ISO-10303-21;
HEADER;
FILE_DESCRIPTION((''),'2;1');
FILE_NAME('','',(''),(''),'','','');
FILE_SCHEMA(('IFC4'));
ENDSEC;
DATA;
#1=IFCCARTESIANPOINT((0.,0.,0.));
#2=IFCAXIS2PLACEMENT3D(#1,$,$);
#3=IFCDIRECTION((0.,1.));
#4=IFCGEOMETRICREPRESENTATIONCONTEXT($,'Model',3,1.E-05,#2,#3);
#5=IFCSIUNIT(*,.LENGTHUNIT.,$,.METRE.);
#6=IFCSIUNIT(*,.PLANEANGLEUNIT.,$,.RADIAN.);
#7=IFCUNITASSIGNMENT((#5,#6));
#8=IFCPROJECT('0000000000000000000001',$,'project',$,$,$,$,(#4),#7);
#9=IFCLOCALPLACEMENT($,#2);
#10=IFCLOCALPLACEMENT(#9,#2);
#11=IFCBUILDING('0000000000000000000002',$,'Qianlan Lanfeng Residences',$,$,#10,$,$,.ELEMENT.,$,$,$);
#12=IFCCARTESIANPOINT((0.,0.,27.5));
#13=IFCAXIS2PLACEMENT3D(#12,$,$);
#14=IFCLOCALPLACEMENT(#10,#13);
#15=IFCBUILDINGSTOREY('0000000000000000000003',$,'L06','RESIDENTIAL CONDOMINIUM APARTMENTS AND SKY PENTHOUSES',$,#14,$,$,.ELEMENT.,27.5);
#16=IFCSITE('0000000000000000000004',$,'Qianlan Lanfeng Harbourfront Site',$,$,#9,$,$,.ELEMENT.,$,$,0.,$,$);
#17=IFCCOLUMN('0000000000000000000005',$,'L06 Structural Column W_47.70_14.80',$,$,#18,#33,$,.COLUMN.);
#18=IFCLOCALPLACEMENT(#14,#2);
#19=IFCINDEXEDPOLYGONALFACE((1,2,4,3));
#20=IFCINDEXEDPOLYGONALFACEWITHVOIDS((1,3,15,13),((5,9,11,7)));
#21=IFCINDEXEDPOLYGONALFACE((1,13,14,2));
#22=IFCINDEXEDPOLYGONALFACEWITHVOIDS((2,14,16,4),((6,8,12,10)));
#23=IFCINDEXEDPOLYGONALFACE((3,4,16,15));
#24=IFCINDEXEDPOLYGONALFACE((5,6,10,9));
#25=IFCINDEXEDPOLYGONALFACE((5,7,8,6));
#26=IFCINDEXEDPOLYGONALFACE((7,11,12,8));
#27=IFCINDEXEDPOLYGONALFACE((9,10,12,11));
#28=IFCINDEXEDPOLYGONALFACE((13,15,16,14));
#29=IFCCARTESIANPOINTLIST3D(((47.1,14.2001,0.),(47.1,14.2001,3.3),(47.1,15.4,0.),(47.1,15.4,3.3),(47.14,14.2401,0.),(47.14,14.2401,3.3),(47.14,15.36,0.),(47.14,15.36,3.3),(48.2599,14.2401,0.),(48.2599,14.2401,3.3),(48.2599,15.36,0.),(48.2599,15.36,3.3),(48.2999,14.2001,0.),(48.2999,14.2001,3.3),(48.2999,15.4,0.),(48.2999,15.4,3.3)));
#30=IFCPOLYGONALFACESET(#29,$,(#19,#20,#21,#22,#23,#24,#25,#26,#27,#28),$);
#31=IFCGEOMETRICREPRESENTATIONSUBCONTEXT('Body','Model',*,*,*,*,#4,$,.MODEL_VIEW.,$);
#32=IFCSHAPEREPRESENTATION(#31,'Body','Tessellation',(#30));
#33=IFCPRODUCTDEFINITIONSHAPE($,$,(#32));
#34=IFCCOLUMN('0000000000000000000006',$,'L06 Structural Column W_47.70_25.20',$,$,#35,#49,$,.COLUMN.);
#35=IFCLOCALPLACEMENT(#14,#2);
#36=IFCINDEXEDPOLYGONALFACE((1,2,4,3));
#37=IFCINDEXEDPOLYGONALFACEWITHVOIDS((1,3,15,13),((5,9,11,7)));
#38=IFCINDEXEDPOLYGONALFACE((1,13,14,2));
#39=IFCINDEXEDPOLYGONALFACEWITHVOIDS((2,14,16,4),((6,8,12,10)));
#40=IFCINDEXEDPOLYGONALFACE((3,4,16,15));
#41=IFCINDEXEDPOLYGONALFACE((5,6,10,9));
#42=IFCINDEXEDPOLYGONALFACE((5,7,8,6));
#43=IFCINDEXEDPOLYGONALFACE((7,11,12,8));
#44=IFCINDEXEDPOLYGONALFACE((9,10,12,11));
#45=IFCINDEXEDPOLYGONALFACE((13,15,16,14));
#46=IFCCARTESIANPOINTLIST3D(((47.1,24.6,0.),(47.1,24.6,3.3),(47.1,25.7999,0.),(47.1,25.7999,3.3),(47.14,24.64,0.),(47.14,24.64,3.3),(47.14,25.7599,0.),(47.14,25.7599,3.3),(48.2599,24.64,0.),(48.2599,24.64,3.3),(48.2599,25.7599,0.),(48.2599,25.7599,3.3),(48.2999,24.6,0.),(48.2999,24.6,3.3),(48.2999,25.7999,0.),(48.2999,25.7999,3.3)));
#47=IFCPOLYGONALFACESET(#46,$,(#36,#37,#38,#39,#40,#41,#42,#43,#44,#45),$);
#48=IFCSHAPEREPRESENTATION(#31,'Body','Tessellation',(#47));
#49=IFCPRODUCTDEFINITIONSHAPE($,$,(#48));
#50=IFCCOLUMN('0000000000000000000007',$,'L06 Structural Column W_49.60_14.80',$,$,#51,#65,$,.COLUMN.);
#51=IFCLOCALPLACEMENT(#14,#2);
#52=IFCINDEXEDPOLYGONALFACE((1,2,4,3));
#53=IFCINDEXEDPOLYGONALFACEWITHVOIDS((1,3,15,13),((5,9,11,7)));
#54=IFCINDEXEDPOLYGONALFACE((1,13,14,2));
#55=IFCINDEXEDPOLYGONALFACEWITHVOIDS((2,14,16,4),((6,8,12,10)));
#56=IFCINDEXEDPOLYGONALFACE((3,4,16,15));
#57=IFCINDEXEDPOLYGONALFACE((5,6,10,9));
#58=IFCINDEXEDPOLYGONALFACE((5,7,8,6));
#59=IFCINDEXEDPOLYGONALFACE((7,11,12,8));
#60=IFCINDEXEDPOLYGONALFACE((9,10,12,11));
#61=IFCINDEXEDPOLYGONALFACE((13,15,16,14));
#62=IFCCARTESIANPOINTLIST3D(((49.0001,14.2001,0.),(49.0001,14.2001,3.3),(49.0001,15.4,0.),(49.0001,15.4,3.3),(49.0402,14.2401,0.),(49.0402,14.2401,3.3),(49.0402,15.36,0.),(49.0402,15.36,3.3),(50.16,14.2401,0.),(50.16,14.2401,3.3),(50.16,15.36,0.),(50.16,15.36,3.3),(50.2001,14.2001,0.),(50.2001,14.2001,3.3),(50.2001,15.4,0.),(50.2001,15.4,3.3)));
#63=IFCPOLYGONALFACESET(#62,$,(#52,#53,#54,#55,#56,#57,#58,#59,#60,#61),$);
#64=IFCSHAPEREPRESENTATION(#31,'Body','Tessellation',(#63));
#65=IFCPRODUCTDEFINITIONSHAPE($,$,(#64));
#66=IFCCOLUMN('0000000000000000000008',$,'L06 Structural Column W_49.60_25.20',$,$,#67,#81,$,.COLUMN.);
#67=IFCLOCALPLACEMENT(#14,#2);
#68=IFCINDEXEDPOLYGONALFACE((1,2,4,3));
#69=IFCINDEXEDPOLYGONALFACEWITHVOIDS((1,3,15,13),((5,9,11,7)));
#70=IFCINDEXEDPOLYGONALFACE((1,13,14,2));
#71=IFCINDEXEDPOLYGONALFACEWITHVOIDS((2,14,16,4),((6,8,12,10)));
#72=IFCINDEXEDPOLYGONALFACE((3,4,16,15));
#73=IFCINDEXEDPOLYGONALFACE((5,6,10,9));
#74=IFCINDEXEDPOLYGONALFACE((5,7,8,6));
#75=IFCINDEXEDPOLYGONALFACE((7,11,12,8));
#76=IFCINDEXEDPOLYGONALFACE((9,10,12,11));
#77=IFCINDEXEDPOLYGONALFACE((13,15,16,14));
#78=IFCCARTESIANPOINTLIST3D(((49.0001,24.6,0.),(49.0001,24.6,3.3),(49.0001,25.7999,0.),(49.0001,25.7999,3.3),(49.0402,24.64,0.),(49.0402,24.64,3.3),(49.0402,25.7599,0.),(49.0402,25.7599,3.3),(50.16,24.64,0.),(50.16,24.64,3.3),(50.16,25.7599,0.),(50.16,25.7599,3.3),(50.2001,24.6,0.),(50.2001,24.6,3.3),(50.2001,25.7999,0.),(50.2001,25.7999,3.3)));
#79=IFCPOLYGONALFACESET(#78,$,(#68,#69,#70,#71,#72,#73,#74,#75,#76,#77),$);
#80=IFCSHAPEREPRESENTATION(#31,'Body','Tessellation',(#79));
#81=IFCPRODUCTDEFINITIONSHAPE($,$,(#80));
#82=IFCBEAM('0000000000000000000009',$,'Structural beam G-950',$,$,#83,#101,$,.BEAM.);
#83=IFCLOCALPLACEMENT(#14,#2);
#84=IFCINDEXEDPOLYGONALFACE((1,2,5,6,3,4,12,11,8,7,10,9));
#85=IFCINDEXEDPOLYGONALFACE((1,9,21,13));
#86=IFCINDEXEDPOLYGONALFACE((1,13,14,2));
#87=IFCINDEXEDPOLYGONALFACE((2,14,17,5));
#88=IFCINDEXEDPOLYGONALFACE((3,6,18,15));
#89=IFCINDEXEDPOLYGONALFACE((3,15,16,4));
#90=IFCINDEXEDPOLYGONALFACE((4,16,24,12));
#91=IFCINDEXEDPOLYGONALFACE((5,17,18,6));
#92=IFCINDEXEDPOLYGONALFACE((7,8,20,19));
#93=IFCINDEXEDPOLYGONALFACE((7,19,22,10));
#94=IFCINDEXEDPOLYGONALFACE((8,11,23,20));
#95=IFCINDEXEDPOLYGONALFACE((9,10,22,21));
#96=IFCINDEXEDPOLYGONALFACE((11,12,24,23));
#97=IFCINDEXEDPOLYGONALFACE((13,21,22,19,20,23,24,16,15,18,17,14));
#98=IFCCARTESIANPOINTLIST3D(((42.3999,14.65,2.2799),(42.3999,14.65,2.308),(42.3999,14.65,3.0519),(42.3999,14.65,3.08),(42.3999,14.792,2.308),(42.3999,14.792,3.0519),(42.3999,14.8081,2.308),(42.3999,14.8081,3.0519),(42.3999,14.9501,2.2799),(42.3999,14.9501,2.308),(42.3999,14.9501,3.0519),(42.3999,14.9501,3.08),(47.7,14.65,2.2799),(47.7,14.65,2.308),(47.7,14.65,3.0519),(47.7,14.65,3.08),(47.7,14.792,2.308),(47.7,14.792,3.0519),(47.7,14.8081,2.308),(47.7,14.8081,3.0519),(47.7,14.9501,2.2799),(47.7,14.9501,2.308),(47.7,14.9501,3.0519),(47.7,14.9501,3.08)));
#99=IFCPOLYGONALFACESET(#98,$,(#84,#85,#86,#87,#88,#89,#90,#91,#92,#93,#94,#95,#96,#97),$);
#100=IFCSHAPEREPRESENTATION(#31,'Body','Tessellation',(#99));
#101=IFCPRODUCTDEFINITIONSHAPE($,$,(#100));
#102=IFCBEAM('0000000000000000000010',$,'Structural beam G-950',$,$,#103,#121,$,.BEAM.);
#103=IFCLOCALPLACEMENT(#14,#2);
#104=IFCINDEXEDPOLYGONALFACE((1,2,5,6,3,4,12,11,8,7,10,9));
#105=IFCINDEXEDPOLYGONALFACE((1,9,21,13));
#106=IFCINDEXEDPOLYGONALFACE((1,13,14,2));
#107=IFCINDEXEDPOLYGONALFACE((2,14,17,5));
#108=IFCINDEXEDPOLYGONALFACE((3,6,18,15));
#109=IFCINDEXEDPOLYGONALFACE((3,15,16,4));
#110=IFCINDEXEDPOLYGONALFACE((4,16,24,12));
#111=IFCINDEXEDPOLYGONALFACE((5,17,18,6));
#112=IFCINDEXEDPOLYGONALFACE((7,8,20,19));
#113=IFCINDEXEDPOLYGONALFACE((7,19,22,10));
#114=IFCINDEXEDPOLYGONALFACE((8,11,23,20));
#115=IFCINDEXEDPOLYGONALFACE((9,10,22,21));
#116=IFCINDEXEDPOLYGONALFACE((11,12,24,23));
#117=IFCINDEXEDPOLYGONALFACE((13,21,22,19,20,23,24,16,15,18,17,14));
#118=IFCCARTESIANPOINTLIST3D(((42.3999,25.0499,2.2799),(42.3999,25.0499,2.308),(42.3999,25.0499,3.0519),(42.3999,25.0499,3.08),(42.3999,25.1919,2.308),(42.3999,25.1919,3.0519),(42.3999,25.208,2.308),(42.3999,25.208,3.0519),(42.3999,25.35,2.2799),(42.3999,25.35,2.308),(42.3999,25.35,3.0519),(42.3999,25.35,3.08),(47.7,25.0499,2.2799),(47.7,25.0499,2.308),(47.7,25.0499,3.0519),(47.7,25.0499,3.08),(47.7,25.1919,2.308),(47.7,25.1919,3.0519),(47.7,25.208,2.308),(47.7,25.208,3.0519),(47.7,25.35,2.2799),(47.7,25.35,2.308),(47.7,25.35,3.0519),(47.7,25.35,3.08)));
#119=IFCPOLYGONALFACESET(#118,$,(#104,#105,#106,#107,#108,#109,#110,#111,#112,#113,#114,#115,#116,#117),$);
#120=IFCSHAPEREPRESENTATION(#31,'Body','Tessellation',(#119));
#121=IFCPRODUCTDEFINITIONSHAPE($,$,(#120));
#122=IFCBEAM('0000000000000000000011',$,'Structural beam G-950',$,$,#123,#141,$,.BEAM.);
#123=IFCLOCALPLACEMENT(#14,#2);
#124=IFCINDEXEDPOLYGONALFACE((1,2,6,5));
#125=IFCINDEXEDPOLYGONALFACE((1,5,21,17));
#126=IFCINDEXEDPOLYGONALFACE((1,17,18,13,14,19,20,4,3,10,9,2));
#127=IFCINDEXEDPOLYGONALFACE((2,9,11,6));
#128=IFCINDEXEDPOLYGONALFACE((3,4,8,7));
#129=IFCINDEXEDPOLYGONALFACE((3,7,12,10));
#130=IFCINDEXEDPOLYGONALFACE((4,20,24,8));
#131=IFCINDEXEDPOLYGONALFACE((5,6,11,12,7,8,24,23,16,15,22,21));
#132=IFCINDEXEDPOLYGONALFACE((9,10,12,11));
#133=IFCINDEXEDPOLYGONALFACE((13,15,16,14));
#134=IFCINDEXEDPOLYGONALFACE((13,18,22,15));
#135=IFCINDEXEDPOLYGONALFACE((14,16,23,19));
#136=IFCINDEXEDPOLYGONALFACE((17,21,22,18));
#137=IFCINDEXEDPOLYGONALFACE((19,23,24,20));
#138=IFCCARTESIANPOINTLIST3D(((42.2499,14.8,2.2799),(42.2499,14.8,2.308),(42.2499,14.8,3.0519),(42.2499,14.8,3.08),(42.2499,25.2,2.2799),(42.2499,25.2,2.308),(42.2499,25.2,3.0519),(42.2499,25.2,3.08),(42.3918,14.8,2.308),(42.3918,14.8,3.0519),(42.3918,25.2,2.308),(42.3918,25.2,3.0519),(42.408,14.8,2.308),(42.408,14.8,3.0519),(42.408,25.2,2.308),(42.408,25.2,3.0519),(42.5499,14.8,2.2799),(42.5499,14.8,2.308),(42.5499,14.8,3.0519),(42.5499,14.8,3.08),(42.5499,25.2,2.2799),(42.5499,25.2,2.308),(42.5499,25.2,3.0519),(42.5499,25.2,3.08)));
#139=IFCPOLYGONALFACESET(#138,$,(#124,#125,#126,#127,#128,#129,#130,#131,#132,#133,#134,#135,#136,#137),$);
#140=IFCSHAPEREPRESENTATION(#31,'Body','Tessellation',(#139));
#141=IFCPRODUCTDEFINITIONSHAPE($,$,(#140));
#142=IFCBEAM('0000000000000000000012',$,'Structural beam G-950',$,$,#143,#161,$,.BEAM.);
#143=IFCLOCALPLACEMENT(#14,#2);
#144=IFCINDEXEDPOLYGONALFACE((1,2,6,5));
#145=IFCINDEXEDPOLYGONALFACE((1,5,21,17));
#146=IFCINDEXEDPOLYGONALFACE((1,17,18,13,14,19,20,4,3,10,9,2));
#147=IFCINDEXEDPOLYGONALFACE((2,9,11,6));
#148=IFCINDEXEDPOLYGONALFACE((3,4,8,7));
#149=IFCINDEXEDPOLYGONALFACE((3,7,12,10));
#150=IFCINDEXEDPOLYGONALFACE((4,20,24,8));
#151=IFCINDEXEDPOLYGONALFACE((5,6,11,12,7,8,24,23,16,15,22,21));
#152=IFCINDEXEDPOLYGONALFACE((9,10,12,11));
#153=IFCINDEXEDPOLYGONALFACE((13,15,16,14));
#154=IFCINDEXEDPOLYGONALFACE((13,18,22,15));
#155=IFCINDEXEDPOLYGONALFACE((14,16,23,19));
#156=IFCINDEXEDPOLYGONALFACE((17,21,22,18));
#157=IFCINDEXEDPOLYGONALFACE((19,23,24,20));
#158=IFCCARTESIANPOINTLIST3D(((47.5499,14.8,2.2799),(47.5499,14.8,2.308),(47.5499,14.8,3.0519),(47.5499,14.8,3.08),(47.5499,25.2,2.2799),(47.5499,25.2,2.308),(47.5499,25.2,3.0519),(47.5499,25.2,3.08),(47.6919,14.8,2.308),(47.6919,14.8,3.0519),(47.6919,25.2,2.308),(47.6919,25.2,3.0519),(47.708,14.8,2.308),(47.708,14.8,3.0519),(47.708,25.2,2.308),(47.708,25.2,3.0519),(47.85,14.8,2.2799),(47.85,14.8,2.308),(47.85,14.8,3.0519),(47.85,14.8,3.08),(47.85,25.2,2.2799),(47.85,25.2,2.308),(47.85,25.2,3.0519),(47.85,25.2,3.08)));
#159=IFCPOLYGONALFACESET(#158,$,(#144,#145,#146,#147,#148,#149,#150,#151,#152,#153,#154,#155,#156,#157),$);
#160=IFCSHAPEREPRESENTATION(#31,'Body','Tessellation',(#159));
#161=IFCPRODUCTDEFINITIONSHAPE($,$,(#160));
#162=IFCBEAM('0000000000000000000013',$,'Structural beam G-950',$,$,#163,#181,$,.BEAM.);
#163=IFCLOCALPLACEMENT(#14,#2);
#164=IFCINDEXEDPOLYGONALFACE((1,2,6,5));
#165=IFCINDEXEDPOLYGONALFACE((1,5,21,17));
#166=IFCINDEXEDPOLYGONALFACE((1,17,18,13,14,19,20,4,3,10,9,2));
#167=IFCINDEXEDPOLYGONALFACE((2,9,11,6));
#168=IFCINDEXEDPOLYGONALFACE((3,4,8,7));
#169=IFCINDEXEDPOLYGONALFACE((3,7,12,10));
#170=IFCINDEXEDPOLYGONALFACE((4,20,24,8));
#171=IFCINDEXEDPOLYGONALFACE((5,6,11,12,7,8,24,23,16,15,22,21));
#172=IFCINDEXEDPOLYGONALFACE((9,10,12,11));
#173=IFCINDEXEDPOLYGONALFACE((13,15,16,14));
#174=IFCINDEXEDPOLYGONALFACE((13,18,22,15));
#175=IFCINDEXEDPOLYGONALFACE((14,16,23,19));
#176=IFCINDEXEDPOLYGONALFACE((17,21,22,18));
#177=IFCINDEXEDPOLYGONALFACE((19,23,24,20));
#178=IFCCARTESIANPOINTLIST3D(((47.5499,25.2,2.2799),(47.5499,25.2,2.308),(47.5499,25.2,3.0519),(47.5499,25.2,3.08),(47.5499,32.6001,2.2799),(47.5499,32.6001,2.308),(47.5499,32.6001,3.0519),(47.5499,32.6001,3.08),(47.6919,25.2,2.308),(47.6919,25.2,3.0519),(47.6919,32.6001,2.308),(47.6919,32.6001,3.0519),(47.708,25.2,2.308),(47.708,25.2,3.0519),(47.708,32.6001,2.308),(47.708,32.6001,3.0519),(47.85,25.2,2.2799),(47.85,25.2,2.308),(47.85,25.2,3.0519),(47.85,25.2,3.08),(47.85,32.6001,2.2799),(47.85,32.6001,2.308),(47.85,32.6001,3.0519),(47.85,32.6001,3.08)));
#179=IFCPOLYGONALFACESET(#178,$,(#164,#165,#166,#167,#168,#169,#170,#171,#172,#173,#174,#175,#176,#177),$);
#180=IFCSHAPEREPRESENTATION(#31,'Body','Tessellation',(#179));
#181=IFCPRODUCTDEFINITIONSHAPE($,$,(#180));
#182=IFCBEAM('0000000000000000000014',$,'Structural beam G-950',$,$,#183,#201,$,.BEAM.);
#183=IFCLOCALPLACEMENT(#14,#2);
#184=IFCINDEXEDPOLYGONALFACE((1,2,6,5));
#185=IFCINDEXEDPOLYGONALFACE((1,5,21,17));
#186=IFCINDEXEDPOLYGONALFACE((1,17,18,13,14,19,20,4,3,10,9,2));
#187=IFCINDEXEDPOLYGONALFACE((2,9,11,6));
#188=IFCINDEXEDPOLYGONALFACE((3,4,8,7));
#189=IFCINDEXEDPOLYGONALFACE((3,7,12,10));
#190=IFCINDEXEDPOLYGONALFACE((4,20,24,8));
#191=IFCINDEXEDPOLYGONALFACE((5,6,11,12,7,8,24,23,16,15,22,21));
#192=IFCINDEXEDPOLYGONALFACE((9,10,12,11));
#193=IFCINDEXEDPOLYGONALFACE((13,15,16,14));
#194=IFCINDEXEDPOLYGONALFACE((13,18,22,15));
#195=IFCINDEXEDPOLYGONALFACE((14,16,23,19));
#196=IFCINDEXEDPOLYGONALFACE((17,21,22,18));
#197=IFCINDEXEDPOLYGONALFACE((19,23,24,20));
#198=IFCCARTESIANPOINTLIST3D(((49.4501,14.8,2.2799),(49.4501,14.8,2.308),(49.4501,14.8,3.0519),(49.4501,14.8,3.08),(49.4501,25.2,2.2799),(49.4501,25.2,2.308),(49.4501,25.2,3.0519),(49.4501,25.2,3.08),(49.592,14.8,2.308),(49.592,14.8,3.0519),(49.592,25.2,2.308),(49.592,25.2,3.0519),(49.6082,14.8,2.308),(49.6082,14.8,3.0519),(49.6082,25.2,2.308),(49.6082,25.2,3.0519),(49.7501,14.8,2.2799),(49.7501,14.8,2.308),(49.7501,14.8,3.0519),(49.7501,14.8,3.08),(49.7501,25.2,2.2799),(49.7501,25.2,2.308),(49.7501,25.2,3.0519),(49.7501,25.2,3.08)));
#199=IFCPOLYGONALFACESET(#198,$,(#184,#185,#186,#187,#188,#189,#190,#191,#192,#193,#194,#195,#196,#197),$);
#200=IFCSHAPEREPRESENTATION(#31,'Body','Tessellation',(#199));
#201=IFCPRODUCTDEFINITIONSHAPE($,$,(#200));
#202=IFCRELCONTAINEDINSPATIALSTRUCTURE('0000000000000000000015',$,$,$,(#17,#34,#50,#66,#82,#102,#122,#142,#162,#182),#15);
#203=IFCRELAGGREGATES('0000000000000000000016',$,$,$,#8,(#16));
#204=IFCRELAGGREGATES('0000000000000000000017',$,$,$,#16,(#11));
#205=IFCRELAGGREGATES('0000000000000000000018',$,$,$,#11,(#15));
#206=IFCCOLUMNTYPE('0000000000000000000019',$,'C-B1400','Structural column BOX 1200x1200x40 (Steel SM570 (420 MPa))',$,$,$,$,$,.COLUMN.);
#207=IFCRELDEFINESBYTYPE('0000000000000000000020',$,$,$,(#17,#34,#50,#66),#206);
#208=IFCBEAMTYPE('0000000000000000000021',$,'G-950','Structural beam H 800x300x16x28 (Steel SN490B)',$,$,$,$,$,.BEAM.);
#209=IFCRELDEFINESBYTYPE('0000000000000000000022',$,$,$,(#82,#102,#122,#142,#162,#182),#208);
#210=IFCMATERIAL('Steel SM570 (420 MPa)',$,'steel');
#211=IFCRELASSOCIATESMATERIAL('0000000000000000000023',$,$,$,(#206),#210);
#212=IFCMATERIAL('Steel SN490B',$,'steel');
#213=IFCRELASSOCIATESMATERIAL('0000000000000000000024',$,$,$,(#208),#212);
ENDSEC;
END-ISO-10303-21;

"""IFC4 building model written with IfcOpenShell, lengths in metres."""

from ifc_helpers import new_model, si_unit, direction, frame, origin, origin_2d, place, context, subcontext, project, spatial, hollow_rectangle, i_section, extrude, material, material_profile, profile_set, type_object, element, save


model = new_model("IFC4")

# Units and contexts
model_context = context("Model", 3, precision=1e-05, world=origin(), true_north=direction((0.0, 1.0)))
body_context = subcontext(model_context, "Body", "Model", "MODEL_VIEW")
ifc_project = project(units=[si_unit("LENGTHUNIT", "METRE"), si_unit("PLANEANGLEUNIT", "RADIAN")], contexts=[model_context])

# Site, building, storey
site_placement = place(None, origin())
site = spatial("IfcSite", under=ifc_project, at=site_placement, Name="Qianlan Lanfeng Harbourfront Site", CompositionType="ELEMENT", RefElevation=0.0)
building_placement = place(site_placement, origin())
building = spatial("IfcBuilding", under=site, at=building_placement, Name="Qianlan Lanfeng Residences", CompositionType="ELEMENT")
storey_placement = place(building_placement, frame((0.0, 0.0, 27.5)))
storey = spatial("IfcBuildingStorey", under=building, at=storey_placement, Name="L06", Description="RESIDENTIAL CONDOMINIUM APARTMENTS AND SKY PENTHOUSES", CompositionType="ELEMENT", Elevation=27.5)

# Columns
ifc_material_1 = material(Name="Steel SM570 (420 MPa)", Category="steel")
ifc_material_profile_1 = material_profile(ifc_material_1, hollow_rectangle(XDim=1.2, YDim=1.2, WallThickness=0.04, at=origin_2d()), Name="BOX 1200x1200x40")
ifc_profile_set_1 = profile_set([ifc_material_profile_1], Name="Steel SM570 (420 MPa)")
column_type = type_object("IfcColumnType", Name="C-B1400", Description="Structural column BOX 1200x1200x40 (Steel SM570 (420 MPa))", PredefinedType="COLUMN", material=ifc_profile_set_1)
for number, where, z_axis, x_axis, name in (
    (1, (47.7, 14.8, 0.0), (0.0, 0.0, 1.0), (1.0, 0.0, 0.0), "L06 Structural Column W_47.70_14.80"),
    (2, (47.7, 25.2, 0.0), (0.0, 0.0, 1.0), (1.0, 0.0, 0.0), "L06 Structural Column W_47.70_25.20"),
    (3, (49.6001, 14.8, 0.0), (0.0, 0.0, 1.0), (1.0, 0.0, 0.0), "L06 Structural Column W_49.60_14.80"),
    (4, (49.6001, 25.2, 0.0), (0.0, 0.0, 1.0), (1.0, 0.0, 0.0), "L06 Structural Column W_49.60_25.20"),
):
    element("IfcColumn", number, at=place(storey_placement, frame(where, z_axis=z_axis, x_axis=x_axis)), inside=storey, type_object=column_type, Name=name, PredefinedType="COLUMN", context=body_context, shape_type="SweptSolid", body=[
        extrude(hollow_rectangle(XDim=1.2, YDim=1.2, WallThickness=0.04, at=origin_2d()), origin(), (0.0, 0.0, 1.0), 3.3),
    ])

# Beams
ifc_material_2 = material(Name="Steel SN490B", Category="steel")
ifc_material_profile_2 = material_profile(ifc_material_2, i_section(OverallWidth=0.3, OverallDepth=0.8, WebThickness=0.0161, FlangeThickness=0.0281, at=origin_2d()), Name="H 800x300x16x28")
ifc_profile_set_2 = profile_set([ifc_material_profile_2], Name="Steel SN490B")
beam_type_1 = type_object("IfcBeamType", Name="G-950", Description="Structural beam H 800x300x16x28 (Steel SN490B)", PredefinedType="BEAM", material=ifc_profile_set_2)
for number, where, z_axis, x_axis, name in (
    (5, (42.3999, 14.8, 2.6799), (1.0, 0.0, 0.0), (0.0, 1.0, 0.0), "Structural beam G-950"),
    (6, (42.3999, 25.2, 2.6799), (1.0, 0.0, 0.0), (0.0, 1.0, 0.0), "Structural beam G-950"),
):
    element("IfcBeam", number, at=place(storey_placement, frame(where, z_axis=z_axis, x_axis=x_axis)), inside=storey, type_object=beam_type_1, Name=name, PredefinedType="BEAM", context=body_context, shape_type="SweptSolid", body=[
        extrude(i_section(OverallWidth=0.3, OverallDepth=0.8, WebThickness=0.0161, FlangeThickness=0.0281, at=origin_2d()), origin(), (0.0, 0.0, 1.0), 5.3),
    ])
for number, where, z_axis, x_axis, name in (
    (7, (42.3999, 14.8, 2.6799), (0.0, 1.0, 0.0), (-1.0, 0.0, 0.0), "Structural beam G-950"),
    (8, (47.7, 14.8, 2.6799), (0.0, 1.0, 0.0), (-1.0, 0.0, 0.0), "Structural beam G-950"),
):
    element("IfcBeam", number, at=place(storey_placement, frame(where, z_axis=z_axis, x_axis=x_axis)), inside=storey, type_object=beam_type_1, Name=name, PredefinedType="BEAM", context=body_context, shape_type="SweptSolid", body=[
        extrude(i_section(OverallWidth=0.3, OverallDepth=0.8, WebThickness=0.0161, FlangeThickness=0.0281, at=origin_2d()), origin(), (0.0, 0.0, 1.0), 10.3999),
    ])
beam_1_placement = place(storey_placement, frame((47.7, 25.2, 2.6799), z_axis=(0.0, 1.0, 0.0), x_axis=(-1.0, 0.0, 0.0)))
element("IfcBeam", 9, at=beam_1_placement, inside=storey, type_object=beam_type_1, Name="Structural beam G-950", PredefinedType="BEAM", context=body_context, shape_type="SweptSolid", body=[
    extrude(i_section(OverallWidth=0.3, OverallDepth=0.8, WebThickness=0.0161, FlangeThickness=0.0281, at=origin_2d()), origin(), (0.0, 0.0, 1.0), 7.4001),
])
beam_2_placement = place(storey_placement, frame((49.6001, 14.8, 2.6799), z_axis=(0.0, 1.0, 0.0), x_axis=(-1.0, 0.0, 0.0)))
element("IfcBeam", 10, at=beam_2_placement, inside=storey, type_object=beam_type_1, Name="Structural beam G-950", PredefinedType="BEAM", context=body_context, shape_type="SweptSolid", body=[
    extrude(i_section(OverallWidth=0.3, OverallDepth=0.8, WebThickness=0.0161, FlangeThickness=0.0281, at=origin_2d()), origin(), (0.0, 0.0, 1.0), 10.3999),
])

save(model, "model.ifc")
